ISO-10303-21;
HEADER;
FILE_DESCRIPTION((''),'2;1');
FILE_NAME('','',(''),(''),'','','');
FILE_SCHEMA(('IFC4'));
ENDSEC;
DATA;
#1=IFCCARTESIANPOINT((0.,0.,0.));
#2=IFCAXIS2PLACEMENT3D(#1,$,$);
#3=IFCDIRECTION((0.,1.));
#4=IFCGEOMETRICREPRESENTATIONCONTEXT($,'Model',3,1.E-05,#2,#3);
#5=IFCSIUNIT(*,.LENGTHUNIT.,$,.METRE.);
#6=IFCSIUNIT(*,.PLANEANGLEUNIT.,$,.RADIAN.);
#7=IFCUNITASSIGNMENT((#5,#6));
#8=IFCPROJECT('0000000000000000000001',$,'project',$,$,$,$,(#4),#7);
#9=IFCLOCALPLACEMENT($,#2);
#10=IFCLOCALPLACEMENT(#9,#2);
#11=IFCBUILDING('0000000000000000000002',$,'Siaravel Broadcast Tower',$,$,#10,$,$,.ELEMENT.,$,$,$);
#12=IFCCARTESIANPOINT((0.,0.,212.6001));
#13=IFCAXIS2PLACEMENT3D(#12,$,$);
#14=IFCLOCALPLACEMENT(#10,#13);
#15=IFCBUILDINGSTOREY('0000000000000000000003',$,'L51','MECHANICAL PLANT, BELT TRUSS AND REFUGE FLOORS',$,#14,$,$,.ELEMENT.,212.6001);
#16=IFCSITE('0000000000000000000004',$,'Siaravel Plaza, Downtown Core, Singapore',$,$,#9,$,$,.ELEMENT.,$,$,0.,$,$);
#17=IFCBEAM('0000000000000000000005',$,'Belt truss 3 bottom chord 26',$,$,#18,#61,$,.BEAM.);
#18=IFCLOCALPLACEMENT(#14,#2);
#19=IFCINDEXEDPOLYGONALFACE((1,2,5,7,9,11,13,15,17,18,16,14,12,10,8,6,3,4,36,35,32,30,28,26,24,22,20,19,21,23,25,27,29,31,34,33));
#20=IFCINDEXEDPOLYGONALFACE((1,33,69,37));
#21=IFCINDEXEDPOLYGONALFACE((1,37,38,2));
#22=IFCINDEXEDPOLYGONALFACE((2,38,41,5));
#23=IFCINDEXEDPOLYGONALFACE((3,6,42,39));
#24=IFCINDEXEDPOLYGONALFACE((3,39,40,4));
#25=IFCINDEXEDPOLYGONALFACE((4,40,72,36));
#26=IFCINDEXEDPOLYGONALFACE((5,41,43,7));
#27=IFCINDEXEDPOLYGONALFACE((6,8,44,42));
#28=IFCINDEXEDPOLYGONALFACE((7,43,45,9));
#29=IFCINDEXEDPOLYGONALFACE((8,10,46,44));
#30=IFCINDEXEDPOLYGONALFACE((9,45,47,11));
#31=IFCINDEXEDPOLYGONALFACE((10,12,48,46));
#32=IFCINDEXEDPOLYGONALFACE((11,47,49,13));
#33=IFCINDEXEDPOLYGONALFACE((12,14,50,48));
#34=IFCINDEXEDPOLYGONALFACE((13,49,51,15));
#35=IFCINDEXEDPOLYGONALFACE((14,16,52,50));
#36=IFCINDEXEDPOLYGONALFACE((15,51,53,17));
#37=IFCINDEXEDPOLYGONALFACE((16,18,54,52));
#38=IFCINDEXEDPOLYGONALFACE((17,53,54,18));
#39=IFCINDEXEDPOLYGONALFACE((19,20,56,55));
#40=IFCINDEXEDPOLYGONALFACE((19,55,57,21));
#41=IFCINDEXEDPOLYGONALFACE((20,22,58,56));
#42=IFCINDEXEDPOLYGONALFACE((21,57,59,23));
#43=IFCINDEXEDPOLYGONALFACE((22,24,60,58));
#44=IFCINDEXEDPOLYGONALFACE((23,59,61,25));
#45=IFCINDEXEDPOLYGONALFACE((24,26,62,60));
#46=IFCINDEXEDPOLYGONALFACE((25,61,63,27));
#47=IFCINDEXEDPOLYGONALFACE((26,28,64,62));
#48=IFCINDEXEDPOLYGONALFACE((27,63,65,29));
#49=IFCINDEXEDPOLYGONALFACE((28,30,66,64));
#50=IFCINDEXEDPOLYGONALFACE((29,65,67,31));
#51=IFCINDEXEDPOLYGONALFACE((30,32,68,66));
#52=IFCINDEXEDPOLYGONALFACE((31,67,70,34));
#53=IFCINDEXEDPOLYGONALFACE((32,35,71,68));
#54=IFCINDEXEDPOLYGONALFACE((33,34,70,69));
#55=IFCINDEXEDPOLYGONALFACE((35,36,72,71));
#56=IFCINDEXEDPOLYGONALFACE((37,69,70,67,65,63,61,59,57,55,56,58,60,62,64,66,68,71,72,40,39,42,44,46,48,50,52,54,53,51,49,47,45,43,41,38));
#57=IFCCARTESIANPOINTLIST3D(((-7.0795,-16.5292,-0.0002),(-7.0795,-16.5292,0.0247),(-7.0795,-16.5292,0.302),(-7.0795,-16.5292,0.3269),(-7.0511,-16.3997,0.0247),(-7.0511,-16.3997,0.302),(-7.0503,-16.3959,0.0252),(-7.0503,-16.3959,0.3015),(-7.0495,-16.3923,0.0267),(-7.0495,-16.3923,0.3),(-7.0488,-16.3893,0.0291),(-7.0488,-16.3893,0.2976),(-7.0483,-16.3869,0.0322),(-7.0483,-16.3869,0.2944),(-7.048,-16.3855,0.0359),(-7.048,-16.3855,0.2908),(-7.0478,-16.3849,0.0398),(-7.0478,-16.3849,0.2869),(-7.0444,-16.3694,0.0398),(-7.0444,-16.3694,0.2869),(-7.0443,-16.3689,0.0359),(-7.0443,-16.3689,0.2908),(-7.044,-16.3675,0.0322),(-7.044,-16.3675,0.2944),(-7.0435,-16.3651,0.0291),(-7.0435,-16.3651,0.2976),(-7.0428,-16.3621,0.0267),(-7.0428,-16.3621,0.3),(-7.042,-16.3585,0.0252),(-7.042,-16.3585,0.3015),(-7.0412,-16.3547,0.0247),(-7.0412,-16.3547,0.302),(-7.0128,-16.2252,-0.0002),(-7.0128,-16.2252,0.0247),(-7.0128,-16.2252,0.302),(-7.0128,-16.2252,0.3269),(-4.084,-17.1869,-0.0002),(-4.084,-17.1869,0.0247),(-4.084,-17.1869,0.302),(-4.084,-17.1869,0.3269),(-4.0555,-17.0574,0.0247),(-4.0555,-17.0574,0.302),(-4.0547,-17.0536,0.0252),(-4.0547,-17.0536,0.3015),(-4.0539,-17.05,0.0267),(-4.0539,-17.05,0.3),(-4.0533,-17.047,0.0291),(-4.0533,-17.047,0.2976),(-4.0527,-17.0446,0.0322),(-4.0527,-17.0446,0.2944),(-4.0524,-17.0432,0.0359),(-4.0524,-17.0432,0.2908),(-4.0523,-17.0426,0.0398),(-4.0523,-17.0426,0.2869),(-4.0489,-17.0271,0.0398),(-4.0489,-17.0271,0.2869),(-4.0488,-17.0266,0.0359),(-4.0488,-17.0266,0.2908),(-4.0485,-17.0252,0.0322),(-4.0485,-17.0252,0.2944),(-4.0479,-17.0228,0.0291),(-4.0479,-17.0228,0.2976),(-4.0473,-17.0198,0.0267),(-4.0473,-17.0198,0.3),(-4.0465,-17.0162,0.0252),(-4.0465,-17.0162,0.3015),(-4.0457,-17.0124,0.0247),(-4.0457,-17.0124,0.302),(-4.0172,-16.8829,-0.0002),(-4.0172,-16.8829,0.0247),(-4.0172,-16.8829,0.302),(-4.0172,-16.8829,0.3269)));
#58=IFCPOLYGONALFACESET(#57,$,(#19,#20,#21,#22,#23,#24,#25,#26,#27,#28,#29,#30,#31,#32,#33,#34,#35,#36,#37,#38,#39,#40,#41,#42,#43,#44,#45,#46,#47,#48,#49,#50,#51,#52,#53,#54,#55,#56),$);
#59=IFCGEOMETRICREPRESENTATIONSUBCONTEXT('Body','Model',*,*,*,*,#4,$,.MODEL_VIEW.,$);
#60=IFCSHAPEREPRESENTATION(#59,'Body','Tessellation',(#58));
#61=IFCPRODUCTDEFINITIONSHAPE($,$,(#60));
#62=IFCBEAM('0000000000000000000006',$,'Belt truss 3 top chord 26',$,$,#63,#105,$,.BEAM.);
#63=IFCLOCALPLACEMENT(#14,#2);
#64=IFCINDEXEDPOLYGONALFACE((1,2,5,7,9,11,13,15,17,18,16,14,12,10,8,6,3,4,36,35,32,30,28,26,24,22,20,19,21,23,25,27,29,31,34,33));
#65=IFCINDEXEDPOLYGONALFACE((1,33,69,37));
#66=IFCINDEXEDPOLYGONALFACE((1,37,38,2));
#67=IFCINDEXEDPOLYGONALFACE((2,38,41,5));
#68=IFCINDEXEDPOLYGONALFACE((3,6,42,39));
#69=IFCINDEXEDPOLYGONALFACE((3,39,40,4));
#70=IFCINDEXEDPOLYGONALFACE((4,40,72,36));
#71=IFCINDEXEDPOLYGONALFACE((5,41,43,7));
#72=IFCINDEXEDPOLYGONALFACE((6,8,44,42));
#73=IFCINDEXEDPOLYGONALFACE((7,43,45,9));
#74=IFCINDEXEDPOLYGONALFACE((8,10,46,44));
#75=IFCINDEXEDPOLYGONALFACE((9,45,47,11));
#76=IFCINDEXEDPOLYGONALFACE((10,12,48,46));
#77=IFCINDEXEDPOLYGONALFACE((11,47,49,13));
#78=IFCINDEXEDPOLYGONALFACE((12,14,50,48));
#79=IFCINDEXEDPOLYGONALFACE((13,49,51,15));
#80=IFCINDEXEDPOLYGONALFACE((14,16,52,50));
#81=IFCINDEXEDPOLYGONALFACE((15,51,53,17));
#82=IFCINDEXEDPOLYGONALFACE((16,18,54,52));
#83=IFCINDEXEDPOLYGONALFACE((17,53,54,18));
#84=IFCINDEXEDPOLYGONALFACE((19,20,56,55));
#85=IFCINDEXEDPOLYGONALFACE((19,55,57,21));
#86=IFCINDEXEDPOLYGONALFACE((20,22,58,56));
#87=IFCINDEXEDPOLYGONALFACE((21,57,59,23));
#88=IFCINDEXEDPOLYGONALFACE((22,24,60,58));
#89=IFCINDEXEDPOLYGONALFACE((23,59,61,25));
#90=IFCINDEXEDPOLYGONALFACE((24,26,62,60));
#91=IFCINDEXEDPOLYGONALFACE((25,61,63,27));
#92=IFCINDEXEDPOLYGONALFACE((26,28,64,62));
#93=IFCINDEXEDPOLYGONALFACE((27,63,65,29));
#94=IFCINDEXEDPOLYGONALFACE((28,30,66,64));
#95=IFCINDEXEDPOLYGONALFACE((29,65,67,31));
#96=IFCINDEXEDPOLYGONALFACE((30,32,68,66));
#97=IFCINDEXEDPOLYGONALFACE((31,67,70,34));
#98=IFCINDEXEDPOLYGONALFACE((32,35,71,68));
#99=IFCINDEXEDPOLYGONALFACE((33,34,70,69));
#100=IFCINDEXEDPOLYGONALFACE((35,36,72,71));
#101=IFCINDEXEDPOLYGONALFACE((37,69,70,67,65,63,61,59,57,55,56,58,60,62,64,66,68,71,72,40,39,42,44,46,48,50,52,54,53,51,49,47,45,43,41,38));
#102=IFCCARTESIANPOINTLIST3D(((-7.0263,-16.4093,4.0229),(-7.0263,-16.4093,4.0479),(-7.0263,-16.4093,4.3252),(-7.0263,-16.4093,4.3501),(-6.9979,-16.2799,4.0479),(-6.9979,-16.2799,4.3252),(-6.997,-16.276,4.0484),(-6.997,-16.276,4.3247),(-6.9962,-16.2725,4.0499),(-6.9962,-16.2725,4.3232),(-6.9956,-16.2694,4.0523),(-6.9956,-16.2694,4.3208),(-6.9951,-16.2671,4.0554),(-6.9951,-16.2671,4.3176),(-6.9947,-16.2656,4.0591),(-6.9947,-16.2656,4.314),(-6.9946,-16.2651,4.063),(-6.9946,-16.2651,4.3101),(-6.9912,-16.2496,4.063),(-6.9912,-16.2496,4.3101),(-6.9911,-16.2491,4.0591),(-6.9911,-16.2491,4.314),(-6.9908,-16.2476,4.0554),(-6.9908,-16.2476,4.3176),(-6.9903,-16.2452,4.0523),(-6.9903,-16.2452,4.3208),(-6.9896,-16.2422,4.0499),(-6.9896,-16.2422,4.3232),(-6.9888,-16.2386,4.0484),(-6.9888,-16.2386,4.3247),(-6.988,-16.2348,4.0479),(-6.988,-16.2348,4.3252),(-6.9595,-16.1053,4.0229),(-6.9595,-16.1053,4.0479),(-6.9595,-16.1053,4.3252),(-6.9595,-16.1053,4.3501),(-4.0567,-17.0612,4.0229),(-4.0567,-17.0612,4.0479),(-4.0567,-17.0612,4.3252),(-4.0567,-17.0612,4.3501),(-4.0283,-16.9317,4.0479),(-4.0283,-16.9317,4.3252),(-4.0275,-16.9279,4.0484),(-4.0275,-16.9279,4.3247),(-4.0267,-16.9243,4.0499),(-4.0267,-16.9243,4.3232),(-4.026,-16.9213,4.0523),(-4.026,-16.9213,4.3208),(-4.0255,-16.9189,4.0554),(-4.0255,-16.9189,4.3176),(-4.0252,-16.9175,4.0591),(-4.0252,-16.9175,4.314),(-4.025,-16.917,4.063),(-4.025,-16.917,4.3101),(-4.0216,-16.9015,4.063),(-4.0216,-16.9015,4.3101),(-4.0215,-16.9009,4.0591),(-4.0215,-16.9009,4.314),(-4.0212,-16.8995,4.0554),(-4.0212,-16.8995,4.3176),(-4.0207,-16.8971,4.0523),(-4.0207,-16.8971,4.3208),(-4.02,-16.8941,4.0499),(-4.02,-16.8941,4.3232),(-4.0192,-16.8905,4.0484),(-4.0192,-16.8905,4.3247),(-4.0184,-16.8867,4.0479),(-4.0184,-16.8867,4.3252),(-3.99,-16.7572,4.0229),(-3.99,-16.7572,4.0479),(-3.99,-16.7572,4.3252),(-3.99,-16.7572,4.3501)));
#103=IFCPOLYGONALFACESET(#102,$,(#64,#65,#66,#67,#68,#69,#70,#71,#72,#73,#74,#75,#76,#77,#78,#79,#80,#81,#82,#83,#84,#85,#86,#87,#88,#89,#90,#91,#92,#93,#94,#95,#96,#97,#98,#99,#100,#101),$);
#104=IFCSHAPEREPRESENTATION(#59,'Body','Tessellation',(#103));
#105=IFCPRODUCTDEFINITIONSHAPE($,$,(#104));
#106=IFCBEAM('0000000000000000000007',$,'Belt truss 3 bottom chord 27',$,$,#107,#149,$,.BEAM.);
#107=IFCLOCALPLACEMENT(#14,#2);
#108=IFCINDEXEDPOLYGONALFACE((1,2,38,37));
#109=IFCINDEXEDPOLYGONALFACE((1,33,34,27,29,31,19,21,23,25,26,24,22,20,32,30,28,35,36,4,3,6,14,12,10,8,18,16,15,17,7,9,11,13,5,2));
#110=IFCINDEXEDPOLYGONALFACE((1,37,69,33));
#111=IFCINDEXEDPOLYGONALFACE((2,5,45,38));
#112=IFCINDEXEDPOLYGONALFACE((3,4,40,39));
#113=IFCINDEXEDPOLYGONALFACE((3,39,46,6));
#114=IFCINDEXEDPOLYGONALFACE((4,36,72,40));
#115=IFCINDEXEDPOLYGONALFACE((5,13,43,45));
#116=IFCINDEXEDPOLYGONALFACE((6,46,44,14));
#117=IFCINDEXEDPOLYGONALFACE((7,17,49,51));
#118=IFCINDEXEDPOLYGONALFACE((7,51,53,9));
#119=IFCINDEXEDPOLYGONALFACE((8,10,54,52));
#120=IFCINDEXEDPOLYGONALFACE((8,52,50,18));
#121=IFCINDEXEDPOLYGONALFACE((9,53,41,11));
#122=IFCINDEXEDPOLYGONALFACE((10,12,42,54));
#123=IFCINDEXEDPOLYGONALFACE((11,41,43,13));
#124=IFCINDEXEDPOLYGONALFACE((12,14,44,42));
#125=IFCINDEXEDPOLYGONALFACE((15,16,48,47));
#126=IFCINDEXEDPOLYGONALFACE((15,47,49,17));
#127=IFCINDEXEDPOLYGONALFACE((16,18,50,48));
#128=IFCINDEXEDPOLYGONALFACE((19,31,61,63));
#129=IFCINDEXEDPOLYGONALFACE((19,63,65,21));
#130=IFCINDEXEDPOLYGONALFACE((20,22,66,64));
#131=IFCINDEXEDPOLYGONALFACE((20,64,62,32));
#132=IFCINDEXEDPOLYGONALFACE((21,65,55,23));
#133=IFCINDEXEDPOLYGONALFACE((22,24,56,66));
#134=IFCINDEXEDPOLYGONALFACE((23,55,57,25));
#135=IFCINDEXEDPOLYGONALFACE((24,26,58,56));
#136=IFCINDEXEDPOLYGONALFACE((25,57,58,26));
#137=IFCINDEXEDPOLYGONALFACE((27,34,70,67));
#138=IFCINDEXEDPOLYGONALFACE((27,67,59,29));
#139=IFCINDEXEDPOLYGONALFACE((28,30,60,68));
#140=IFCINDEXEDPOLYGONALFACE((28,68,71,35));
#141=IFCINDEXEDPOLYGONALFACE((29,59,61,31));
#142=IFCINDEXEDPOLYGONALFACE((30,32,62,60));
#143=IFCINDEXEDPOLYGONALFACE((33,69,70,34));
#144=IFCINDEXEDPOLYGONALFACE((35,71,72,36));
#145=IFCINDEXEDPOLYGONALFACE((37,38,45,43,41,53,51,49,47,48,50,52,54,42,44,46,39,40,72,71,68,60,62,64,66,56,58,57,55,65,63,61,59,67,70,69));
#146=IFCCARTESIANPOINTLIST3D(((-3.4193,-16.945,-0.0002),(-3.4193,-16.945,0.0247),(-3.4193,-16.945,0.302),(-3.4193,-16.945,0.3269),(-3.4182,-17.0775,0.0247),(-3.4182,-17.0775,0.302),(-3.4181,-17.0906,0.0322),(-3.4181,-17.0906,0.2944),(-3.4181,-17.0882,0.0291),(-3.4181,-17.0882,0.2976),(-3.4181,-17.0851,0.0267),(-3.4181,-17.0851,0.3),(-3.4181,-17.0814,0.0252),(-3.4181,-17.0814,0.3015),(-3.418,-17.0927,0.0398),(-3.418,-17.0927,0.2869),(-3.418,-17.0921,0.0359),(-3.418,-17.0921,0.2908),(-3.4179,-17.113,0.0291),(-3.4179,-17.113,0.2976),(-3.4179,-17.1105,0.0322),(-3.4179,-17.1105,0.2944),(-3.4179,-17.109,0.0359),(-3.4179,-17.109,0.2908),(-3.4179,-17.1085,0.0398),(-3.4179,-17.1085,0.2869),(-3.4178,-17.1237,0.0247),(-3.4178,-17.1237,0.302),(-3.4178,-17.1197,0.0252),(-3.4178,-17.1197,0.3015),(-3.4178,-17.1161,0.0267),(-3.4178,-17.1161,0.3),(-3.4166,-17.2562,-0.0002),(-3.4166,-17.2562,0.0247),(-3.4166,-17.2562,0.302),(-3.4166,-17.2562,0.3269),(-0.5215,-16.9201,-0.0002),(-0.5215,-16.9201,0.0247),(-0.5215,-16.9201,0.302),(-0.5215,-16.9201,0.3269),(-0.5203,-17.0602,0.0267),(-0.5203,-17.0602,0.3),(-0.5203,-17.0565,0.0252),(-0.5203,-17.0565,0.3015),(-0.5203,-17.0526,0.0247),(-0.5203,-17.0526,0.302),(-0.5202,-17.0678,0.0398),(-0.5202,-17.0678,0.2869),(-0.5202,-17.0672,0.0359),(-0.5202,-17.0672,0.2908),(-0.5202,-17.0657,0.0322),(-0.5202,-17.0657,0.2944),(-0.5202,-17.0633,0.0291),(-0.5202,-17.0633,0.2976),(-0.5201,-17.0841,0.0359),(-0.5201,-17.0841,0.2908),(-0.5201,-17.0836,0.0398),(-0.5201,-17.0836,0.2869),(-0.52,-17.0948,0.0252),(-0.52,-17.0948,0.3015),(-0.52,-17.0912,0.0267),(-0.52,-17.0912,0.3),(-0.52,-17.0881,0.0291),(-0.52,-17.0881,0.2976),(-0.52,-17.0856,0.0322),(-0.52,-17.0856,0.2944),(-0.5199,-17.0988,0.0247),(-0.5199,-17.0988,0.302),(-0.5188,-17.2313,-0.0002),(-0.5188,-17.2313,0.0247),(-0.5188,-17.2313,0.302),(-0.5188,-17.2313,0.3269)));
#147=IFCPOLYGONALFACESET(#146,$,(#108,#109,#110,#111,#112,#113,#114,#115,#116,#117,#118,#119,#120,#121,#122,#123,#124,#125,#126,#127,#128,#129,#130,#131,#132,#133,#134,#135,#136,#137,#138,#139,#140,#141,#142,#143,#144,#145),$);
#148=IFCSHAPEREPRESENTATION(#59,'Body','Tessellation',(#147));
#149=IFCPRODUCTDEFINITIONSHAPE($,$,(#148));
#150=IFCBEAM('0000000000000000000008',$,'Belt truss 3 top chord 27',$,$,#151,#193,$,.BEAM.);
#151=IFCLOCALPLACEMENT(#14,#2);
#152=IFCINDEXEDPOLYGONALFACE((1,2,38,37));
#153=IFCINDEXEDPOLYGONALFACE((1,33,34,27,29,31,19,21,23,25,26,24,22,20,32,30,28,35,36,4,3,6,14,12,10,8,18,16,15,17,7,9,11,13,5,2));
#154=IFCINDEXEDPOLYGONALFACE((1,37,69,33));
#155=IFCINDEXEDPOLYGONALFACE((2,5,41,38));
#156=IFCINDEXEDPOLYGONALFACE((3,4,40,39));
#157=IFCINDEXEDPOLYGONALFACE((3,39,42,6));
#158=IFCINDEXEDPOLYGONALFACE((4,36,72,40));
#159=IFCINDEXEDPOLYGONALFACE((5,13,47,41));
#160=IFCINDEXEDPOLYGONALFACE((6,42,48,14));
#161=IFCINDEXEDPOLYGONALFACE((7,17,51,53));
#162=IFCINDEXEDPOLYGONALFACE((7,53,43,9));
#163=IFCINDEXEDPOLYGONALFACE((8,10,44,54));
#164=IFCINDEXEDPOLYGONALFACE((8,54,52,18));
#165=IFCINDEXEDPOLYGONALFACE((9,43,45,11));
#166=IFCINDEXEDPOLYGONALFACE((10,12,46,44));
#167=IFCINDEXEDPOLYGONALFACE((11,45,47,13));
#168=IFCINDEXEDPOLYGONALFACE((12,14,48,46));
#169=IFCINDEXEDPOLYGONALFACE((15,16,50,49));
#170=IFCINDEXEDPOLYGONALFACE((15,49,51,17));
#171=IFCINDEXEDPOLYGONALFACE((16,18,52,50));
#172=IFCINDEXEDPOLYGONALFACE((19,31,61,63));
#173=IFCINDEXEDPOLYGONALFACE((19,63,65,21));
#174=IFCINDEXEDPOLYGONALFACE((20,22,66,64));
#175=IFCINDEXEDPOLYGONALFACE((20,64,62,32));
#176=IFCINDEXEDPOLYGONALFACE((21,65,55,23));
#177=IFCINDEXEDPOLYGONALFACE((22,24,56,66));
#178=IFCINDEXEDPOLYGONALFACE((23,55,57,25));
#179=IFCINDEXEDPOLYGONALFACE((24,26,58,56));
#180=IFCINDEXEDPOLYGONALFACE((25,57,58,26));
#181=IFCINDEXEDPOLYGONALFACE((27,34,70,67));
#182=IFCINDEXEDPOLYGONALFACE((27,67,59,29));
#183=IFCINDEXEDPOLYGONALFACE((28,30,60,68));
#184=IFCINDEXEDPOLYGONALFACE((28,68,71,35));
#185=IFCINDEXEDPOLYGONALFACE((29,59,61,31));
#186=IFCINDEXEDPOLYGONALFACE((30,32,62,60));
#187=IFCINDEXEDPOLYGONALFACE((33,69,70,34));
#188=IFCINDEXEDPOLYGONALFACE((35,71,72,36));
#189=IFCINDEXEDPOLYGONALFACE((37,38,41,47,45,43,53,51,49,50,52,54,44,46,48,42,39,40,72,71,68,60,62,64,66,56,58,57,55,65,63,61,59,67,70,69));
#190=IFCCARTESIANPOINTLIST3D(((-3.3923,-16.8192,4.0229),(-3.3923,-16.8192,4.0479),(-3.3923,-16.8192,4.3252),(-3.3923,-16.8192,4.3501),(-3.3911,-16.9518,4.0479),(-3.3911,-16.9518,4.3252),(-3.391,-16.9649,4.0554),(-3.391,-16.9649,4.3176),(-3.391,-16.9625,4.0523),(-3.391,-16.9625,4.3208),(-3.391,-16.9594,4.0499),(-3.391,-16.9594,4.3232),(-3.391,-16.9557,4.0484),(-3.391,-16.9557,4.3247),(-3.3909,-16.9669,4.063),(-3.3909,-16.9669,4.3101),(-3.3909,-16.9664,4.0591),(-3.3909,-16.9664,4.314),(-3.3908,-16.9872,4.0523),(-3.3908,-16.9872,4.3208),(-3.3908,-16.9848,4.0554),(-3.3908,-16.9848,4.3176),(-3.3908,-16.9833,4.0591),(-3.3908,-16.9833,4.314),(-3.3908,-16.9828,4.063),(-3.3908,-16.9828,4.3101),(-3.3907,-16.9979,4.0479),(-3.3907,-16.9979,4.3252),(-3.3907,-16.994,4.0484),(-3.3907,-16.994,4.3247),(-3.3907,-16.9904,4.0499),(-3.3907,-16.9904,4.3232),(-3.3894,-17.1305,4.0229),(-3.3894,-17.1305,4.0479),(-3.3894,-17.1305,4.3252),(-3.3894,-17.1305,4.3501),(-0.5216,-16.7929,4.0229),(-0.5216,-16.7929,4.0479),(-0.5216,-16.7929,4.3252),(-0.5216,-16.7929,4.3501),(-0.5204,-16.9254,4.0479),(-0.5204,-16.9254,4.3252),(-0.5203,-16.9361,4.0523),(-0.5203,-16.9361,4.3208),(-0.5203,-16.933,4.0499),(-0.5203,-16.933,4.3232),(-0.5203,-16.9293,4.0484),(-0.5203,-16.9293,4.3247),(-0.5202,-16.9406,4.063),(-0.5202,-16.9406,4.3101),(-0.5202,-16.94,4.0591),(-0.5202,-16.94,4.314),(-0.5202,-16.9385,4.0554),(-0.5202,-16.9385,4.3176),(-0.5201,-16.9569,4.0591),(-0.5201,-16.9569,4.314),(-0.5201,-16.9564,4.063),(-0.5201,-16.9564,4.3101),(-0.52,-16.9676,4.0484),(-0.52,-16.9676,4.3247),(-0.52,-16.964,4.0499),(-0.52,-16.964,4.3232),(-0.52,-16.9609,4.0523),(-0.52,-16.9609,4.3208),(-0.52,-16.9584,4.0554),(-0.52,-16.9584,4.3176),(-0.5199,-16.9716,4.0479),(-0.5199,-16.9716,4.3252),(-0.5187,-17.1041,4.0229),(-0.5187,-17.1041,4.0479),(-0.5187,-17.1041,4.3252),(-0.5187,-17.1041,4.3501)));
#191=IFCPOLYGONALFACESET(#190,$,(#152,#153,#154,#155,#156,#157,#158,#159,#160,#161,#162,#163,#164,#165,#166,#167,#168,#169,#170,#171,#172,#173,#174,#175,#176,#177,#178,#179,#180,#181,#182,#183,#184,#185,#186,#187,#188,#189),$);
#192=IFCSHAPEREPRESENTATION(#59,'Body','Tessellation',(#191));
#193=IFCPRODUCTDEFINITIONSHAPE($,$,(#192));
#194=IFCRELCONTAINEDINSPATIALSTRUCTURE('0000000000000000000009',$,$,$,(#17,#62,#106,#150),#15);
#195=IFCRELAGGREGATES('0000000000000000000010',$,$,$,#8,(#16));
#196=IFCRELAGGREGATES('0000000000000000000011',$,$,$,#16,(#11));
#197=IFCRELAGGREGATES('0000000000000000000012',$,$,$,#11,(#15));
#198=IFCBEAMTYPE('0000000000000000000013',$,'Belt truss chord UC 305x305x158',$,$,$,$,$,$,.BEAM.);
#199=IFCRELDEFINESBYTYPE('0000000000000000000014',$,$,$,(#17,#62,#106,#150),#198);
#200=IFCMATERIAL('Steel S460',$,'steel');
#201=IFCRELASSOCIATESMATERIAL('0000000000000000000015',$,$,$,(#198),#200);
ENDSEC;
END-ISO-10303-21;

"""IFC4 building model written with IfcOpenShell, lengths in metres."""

from ifc_helpers import new_model, si_unit, direction, frame, origin, origin_2d, place, context, subcontext, project, spatial, i_section, extrude, material, material_profile, profile_set, type_object, element, save


model = new_model("IFC4")

# Units and contexts
model_context = context("Model", 3, precision=1e-05, world=origin(), true_north=direction((0.0, 1.0)))
body_context = subcontext(model_context, "Body", "Model", "MODEL_VIEW")
ifc_project = project(units=[si_unit("LENGTHUNIT", "METRE"), si_unit("PLANEANGLEUNIT", "RADIAN")], contexts=[model_context])

# Site, building, storey
site_placement = place(None, origin())
site = spatial("IfcSite", under=ifc_project, at=site_placement, Name="Siaravel Plaza, Downtown Core, Singapore", CompositionType="ELEMENT", RefElevation=0.0)
building_placement = place(site_placement, origin())
building = spatial("IfcBuilding", under=site, at=building_placement, Name="Siaravel Broadcast Tower", CompositionType="ELEMENT")
storey_placement = place(building_placement, frame((0.0, 0.0, 212.6001)))
storey = spatial("IfcBuildingStorey", under=building, at=storey_placement, Name="L51", Description="MECHANICAL PLANT, BELT TRUSS AND REFUGE FLOORS", CompositionType="ELEMENT", Elevation=212.6001)

# Beams
ifc_material_1 = material(Name="Steel S460", Category="steel")
ifc_material_profile_1 = material_profile(ifc_material_1, i_section(OverallWidth=0.3113, OverallDepth=0.3271, WebThickness=0.0159, FlangeThickness=0.0249, FilletRadius=0.0151, at=origin_2d()))
ifc_profile_set_1 = profile_set([ifc_material_profile_1], Name="Steel S460")
beam_type_1 = type_object("IfcBeamType", Name="Belt truss chord UC 305x305x158", PredefinedType="BEAM", material=ifc_profile_set_1)
beam_1_placement = place(storey_placement, frame((-7.0461, -16.3772, 0.1633), z_axis=(0.976735, -0.214452, 0.0), x_axis=(0.214452, 0.976735, 0.0)))
element("IfcBeam", 1, at=beam_1_placement, inside=storey, type_object=beam_type_1, Name="Belt truss 3 bottom chord 26", PredefinedType="BEAM", context=body_context, shape_type="SweptSolid", body=[
    extrude(i_section(OverallWidth=0.3113, OverallDepth=0.3271, WebThickness=0.0159, FlangeThickness=0.0249, FilletRadius=0.0151, at=origin_2d()), origin(), (0.0, 0.0, 1.0), 3.0669),
])
beam_2_placement = place(storey_placement, frame((-6.9929, -16.2573, 4.1865), z_axis=(0.976743, -0.214413, 0.0), x_axis=(0.214413, 0.976743, 0.0)))
element("IfcBeam", 2, at=beam_2_placement, inside=storey, type_object=beam_type_1, Name="Belt truss 3 top chord 26", PredefinedType="BEAM", context=body_context, shape_type="SweptSolid", body=[
    extrude(i_section(OverallWidth=0.3113, OverallDepth=0.3271, WebThickness=0.0159, FlangeThickness=0.0249, FilletRadius=0.0151, at=origin_2d()), origin(), (0.0, 0.0, 1.0), 3.0403),
])
beam_3_placement = place(storey_placement, frame((-3.418, -17.1006, 0.1633), z_axis=(0.999963, 0.008593, 0.0), x_axis=(-0.008593, 0.999963, 0.0)))
element("IfcBeam", 3, at=beam_3_placement, inside=storey, type_object=beam_type_1, Name="Belt truss 3 bottom chord 27", PredefinedType="BEAM", context=body_context, shape_type="SweptSolid", body=[
    extrude(i_section(OverallWidth=0.3113, OverallDepth=0.3271, WebThickness=0.0159, FlangeThickness=0.0249, FilletRadius=0.0151, at=origin_2d()), origin(), (0.0, 0.0, 1.0), 2.8979),
])
beam_4_placement = place(storey_placement, frame((-3.3909, -16.9749, 4.1865), z_axis=(0.999958, 0.009184, 0.0), x_axis=(-0.009184, 0.999958, 0.0)))
element("IfcBeam", 4, at=beam_4_placement, inside=storey, type_object=beam_type_1, Name="Belt truss 3 top chord 27", PredefinedType="BEAM", context=body_context, shape_type="SweptSolid", body=[
    extrude(i_section(OverallWidth=0.3113, OverallDepth=0.3271, WebThickness=0.0159, FlangeThickness=0.0249, FilletRadius=0.0151, at=origin_2d()), origin(), (0.0, 0.0, 1.0), 2.8708),
])

save(model, "model.ifc")
